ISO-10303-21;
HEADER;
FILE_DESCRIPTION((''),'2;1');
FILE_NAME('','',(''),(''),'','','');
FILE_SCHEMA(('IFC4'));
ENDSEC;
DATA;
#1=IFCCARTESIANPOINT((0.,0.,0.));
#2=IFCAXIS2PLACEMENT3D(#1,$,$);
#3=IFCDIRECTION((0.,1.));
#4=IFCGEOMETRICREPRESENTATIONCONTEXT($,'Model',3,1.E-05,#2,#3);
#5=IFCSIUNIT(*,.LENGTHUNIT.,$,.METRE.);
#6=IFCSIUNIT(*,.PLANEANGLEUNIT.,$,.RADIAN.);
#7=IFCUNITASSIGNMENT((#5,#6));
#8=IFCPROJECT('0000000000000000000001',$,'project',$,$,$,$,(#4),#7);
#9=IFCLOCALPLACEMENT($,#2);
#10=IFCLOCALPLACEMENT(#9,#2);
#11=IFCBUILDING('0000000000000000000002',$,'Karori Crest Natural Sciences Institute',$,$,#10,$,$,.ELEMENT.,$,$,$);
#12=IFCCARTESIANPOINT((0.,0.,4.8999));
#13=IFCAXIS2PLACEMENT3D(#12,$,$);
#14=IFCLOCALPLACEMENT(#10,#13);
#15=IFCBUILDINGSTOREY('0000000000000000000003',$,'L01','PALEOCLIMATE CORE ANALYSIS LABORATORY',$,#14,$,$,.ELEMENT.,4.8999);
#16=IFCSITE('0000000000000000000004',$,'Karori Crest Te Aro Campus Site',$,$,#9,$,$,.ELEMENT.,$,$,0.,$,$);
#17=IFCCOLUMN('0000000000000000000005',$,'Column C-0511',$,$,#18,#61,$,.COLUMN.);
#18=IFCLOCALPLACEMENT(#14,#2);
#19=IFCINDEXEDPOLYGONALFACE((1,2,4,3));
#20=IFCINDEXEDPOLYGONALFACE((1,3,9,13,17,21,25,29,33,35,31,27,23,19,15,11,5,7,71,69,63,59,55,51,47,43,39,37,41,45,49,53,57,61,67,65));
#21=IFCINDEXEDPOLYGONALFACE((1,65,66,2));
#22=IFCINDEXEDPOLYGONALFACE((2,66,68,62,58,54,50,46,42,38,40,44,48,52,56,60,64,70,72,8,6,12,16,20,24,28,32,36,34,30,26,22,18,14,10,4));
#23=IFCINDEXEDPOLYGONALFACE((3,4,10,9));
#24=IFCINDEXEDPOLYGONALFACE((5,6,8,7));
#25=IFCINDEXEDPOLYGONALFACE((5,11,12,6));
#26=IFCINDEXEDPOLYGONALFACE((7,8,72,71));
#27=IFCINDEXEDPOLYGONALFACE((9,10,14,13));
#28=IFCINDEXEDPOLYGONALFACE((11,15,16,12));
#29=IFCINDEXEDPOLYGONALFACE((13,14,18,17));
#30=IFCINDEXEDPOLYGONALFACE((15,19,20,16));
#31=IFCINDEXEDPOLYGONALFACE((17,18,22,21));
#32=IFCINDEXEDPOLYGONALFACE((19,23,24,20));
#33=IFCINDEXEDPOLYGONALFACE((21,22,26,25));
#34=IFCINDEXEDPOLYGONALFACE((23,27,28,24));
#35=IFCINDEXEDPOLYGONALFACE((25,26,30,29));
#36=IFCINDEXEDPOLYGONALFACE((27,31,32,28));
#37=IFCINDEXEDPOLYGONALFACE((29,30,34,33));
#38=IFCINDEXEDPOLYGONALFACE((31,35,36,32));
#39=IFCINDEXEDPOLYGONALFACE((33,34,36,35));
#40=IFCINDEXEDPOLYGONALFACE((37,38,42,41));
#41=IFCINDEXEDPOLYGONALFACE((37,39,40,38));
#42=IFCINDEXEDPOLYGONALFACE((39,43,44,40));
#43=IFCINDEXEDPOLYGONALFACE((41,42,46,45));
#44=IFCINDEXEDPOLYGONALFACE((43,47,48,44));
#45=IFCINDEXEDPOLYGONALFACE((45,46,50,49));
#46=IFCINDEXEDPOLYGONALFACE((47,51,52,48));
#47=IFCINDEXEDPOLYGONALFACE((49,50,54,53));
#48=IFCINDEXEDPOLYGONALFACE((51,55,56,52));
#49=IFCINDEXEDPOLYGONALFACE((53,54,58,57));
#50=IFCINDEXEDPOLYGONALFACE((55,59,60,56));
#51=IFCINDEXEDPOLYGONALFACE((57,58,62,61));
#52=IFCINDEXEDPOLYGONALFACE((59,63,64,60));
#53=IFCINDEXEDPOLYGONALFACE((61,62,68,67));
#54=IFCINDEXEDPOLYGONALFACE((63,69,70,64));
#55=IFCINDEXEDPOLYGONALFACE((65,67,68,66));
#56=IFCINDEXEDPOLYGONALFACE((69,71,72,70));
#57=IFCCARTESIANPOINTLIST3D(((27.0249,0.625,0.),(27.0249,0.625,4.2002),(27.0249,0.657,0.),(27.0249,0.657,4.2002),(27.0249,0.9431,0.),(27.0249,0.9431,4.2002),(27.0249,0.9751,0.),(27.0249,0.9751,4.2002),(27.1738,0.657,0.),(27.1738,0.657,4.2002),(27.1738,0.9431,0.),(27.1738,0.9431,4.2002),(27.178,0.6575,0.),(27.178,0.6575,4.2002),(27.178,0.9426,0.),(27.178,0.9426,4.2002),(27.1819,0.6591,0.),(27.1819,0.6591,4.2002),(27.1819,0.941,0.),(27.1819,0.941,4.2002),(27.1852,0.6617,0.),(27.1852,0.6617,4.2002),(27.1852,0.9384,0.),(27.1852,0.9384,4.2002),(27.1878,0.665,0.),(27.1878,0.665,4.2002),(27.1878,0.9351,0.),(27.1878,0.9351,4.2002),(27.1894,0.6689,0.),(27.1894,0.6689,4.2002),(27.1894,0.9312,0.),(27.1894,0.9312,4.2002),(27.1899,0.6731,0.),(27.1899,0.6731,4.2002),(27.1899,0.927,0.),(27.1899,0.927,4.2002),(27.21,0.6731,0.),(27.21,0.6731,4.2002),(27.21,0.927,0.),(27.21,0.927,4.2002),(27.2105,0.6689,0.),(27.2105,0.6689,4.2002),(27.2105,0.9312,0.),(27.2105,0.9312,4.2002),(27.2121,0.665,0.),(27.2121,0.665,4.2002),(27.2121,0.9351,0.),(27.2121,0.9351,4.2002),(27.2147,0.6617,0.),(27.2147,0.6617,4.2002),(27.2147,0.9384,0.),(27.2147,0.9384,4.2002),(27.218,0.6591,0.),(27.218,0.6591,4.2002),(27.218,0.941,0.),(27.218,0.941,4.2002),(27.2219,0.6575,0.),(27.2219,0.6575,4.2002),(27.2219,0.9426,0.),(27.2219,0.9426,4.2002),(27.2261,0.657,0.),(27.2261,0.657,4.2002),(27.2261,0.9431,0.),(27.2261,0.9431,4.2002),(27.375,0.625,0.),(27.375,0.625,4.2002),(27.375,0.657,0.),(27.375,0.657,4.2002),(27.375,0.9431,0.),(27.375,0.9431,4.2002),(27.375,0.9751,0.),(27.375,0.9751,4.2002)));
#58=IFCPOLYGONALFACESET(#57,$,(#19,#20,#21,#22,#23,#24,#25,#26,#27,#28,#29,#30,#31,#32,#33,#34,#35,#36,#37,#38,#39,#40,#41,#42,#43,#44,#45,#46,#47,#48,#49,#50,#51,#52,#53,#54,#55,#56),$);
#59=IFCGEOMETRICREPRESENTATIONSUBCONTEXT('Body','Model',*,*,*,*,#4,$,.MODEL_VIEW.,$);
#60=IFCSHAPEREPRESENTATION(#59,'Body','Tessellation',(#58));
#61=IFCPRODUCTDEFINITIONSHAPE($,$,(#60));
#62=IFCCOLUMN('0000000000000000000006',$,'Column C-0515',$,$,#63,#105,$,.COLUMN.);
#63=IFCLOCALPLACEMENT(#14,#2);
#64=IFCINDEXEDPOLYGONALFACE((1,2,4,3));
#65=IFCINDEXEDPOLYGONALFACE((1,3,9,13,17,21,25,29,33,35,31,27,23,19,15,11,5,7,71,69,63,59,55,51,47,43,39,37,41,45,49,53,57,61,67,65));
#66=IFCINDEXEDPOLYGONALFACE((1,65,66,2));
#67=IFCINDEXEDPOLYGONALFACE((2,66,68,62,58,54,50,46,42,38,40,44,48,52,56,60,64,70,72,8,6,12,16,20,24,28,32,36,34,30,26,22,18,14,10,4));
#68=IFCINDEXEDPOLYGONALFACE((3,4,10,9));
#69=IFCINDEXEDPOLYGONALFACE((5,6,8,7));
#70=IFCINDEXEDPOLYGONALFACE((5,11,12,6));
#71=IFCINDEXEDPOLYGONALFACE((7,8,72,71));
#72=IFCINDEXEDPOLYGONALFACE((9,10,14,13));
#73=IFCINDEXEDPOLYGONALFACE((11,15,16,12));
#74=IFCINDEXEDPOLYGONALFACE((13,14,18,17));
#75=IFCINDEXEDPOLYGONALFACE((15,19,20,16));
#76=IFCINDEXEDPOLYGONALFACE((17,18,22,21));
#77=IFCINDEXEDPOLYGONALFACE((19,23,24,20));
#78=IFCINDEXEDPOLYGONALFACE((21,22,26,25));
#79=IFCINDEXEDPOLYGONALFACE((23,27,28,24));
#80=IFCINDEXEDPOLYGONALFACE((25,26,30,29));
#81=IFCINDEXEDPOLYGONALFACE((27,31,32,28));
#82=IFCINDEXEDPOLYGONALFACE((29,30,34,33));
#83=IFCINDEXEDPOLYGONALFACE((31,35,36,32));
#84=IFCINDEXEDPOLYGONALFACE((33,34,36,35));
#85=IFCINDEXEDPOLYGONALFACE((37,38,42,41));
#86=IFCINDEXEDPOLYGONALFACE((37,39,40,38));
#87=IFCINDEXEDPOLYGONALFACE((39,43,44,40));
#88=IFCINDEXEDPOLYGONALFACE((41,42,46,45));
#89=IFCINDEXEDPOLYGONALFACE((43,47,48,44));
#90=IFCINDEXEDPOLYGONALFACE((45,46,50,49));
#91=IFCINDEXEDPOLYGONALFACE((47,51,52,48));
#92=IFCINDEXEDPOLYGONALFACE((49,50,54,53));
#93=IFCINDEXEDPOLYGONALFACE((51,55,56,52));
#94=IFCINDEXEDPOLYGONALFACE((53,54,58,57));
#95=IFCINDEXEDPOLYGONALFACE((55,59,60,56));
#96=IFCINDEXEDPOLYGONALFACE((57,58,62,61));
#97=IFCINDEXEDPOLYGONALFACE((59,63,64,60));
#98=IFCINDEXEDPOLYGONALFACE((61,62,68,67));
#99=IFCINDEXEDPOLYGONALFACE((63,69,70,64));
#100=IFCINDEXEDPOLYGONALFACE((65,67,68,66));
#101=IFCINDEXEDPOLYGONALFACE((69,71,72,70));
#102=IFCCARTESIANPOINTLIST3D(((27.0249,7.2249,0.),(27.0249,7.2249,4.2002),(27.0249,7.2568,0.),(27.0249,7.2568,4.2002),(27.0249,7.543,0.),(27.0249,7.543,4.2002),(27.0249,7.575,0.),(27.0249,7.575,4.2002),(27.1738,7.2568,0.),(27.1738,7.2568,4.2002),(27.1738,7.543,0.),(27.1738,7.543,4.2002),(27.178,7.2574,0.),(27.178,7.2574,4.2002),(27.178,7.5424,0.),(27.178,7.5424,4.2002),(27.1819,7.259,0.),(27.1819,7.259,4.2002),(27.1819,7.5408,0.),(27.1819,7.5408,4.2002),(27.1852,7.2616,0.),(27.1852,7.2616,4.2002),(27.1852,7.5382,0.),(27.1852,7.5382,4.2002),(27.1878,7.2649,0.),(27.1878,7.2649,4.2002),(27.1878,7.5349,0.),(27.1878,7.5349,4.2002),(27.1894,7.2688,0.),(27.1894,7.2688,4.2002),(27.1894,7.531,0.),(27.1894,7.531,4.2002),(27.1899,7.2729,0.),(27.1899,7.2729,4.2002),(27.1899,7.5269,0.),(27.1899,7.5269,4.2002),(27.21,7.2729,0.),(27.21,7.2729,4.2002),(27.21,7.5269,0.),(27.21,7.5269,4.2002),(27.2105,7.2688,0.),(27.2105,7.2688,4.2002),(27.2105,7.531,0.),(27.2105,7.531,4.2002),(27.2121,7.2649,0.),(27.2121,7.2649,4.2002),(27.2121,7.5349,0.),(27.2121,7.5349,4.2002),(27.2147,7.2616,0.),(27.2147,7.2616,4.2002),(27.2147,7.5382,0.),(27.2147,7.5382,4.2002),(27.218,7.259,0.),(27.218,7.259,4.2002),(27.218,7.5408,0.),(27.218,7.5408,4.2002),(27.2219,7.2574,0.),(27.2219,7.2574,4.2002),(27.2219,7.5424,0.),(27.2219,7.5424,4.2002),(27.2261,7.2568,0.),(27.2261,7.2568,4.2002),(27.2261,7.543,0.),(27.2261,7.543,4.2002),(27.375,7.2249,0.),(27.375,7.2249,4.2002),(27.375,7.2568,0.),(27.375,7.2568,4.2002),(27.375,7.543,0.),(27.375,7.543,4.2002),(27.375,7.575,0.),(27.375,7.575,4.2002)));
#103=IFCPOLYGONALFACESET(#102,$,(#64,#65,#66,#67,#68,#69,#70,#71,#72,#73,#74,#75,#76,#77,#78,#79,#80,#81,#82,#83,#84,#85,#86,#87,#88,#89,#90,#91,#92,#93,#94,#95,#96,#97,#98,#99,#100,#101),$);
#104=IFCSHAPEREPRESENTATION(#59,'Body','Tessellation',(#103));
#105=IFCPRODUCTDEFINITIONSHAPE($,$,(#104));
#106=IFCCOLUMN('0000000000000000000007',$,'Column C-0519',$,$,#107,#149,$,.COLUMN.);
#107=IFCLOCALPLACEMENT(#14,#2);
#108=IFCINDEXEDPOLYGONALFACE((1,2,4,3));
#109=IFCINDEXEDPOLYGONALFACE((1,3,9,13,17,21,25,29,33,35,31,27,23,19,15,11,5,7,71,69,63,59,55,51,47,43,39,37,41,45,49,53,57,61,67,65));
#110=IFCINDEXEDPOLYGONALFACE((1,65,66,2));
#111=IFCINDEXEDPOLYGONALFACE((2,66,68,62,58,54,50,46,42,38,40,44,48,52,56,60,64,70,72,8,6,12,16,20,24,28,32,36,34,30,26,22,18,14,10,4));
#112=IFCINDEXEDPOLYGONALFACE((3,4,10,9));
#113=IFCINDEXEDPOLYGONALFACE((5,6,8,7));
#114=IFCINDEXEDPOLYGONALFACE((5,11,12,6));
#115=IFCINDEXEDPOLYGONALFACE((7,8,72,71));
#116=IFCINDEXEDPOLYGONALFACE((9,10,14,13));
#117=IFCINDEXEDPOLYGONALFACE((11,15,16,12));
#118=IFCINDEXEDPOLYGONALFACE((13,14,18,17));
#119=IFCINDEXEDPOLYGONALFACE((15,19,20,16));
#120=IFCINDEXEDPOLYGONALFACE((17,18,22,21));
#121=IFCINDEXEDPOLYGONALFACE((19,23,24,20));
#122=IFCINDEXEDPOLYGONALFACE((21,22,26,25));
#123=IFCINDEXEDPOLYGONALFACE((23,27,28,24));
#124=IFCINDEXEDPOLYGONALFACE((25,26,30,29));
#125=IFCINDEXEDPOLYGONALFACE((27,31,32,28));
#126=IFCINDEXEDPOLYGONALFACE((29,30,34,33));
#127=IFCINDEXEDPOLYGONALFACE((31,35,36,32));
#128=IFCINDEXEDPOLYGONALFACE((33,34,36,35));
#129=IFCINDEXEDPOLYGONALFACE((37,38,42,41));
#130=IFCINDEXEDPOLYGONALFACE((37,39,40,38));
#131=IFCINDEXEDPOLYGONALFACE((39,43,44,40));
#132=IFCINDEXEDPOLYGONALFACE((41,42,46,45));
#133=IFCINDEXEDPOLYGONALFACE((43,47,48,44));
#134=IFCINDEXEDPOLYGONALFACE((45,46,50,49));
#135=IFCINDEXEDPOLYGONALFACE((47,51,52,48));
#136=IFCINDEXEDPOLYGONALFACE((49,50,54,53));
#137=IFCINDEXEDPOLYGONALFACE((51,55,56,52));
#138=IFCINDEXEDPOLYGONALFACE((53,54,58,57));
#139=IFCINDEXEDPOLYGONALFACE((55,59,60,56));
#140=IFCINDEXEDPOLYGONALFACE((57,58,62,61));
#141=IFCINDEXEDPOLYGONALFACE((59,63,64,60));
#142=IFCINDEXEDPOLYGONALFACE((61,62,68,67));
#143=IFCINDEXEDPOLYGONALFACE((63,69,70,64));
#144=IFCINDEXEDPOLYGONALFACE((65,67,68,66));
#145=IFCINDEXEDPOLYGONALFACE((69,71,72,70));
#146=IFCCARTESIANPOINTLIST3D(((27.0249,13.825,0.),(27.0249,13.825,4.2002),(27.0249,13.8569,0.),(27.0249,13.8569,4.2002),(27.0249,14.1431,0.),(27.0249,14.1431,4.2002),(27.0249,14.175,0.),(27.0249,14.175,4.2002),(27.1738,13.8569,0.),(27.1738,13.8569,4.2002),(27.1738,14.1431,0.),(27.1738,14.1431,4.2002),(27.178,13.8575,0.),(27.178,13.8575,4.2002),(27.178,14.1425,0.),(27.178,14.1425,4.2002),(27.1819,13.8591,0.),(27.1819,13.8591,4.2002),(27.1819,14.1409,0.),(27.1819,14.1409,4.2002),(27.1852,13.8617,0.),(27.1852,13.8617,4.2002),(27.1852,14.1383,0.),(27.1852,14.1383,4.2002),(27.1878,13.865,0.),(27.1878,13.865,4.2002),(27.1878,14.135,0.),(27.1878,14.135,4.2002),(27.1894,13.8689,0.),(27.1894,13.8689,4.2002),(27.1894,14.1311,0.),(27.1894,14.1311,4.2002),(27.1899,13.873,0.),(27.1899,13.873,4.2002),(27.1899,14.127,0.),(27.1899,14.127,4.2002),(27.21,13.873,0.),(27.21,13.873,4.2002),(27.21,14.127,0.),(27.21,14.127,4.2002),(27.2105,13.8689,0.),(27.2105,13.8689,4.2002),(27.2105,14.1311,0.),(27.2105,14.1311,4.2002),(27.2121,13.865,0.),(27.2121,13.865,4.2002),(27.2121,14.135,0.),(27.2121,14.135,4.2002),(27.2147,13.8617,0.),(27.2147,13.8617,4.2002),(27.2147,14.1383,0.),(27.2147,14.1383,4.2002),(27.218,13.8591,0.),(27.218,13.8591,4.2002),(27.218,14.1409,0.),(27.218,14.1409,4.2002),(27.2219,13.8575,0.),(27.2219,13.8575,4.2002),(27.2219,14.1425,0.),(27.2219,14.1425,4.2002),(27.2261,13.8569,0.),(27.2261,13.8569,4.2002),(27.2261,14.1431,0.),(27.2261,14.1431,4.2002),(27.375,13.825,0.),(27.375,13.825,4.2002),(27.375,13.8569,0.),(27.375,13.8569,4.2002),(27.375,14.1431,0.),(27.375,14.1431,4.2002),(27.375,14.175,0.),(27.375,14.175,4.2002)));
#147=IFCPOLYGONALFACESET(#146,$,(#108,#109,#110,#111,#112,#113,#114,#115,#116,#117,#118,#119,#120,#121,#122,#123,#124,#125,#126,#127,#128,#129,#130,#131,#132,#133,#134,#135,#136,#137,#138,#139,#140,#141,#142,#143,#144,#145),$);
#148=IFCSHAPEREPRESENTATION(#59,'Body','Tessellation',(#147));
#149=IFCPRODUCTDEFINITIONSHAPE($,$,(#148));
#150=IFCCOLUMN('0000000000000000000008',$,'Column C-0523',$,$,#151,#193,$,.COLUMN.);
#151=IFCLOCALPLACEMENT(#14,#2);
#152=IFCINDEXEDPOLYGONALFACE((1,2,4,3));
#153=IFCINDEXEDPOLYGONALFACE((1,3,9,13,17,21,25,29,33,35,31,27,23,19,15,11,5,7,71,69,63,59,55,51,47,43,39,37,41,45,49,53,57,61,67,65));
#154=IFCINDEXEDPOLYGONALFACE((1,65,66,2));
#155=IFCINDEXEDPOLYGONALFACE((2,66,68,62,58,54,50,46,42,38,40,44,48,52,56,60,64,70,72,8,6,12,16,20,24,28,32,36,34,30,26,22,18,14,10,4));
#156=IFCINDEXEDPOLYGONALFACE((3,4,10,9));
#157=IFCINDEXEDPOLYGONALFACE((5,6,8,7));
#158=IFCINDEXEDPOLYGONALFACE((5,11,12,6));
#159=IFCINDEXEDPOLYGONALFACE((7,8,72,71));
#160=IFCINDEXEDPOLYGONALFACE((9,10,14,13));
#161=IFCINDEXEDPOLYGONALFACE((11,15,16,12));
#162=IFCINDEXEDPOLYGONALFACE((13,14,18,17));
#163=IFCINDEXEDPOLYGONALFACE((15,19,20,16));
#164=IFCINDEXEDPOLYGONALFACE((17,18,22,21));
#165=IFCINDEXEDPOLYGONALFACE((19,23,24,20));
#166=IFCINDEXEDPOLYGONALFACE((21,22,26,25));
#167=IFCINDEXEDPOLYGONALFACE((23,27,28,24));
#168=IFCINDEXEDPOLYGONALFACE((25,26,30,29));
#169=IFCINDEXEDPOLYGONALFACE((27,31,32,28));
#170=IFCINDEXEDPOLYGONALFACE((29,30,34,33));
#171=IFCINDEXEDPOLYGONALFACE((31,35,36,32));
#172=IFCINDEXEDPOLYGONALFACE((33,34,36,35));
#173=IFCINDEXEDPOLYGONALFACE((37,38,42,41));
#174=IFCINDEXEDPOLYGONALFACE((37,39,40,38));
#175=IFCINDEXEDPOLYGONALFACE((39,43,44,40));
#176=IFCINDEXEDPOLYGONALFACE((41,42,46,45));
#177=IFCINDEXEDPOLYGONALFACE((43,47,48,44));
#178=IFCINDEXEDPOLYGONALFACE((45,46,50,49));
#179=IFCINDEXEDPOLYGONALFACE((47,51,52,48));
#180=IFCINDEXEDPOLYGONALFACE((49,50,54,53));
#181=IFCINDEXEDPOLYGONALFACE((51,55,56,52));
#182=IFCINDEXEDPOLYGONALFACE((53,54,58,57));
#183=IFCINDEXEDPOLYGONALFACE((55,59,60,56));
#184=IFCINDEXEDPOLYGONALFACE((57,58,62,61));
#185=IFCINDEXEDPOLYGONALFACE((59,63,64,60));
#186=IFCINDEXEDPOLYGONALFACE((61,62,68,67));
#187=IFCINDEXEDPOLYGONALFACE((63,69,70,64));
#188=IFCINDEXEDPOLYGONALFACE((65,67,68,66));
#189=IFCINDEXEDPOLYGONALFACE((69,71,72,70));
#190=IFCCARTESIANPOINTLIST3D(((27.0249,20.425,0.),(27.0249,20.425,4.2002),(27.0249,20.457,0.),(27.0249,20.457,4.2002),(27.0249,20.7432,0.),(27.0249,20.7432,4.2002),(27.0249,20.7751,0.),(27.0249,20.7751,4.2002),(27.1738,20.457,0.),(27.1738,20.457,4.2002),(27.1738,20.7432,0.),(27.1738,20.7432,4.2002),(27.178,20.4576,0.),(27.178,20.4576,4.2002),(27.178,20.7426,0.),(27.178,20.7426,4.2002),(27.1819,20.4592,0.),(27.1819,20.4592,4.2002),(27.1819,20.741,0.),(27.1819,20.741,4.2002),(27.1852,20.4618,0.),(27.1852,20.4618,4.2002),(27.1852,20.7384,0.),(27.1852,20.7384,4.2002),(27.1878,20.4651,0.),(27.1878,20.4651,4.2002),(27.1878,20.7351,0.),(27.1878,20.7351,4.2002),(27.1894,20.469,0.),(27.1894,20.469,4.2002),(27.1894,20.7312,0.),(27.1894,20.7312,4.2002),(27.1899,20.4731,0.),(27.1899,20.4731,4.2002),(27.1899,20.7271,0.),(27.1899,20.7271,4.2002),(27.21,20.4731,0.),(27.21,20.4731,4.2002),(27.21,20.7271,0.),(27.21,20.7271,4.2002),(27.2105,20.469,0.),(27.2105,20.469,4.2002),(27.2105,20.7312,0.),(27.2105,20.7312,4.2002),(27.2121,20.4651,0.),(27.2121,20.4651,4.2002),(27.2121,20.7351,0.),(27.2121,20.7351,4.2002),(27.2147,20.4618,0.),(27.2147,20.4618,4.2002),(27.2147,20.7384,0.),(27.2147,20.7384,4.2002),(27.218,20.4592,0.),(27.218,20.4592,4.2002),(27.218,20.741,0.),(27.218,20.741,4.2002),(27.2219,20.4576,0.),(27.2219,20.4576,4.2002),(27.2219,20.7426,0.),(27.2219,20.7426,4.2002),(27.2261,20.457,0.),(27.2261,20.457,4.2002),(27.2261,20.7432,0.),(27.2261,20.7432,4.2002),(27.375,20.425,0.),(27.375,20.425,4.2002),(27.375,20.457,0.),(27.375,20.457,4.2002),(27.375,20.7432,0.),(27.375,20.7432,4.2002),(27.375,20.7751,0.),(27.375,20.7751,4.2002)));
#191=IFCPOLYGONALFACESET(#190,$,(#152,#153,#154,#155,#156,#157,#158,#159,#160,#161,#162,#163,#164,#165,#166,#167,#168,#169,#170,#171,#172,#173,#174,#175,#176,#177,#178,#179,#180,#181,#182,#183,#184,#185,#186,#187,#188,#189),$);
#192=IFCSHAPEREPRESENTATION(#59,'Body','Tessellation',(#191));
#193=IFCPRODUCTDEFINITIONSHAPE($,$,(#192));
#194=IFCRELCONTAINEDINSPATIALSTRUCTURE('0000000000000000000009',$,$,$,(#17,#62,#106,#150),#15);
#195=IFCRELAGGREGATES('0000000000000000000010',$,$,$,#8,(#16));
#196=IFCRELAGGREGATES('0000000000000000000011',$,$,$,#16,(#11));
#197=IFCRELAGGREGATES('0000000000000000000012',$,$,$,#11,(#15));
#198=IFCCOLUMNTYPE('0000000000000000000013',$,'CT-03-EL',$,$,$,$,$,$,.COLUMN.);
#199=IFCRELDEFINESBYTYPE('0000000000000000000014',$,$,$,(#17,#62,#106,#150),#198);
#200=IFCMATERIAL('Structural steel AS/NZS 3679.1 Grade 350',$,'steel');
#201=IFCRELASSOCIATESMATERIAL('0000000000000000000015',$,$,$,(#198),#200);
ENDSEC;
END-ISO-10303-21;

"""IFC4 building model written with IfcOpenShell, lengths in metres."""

from ifc_helpers import new_model, si_unit, direction, frame, origin, origin_2d, place, context, subcontext, project, spatial, i_section, extrude, material, material_profile, profile_set, type_object, element, save


model = new_model("IFC4")

# Units and contexts
model_context = context("Model", 3, precision=1e-05, world=origin(), true_north=direction((0.0, 1.0)))
body_context = subcontext(model_context, "Body", "Model", "MODEL_VIEW")
ifc_project = project(units=[si_unit("LENGTHUNIT", "METRE"), si_unit("PLANEANGLEUNIT", "RADIAN")], contexts=[model_context])

# Site, building, storey
site_placement = place(None, origin())
site = spatial("IfcSite", under=ifc_project, at=site_placement, Name="Karori Crest Te Aro Campus Site", CompositionType="ELEMENT", RefElevation=0.0)
building_placement = place(site_placement, origin())
building = spatial("IfcBuilding", under=site, at=building_placement, Name="Karori Crest Natural Sciences Institute", CompositionType="ELEMENT")
storey_placement = place(building_placement, frame((0.0, 0.0, 4.8999)))
storey = spatial("IfcBuildingStorey", under=building, at=storey_placement, Name="L01", Description="PALEOCLIMATE CORE ANALYSIS LABORATORY", CompositionType="ELEMENT", Elevation=4.8999)

# Columns
ifc_material_1 = material(Name="Structural steel AS/NZS 3679.1 Grade 350", Category="steel")
ifc_material_profile_1 = material_profile(ifc_material_1, i_section(OverallWidth=0.3501, OverallDepth=0.3501, WebThickness=0.02, FlangeThickness=0.032, FilletRadius=0.0161, at=origin_2d()), Name="350WC280")
ifc_profile_set_1 = profile_set([ifc_material_profile_1], Name="Structural steel AS/NZS 3679.1 Grade 350")
column_type = type_object("IfcColumnType", Name="CT-03-EL", PredefinedType="COLUMN", material=ifc_profile_set_1)
for number, where, z_axis, x_axis, name in (
    (1, (27.2, 0.8, 0.0), (0.0, 0.0, 1.0), (1.0, 0.0, 0.0), "Column C-0511"),
    (2, (27.2, 7.3999, 0.0), (0.0, 0.0, 1.0), (1.0, 0.0, 0.0), "Column C-0515"),
    (3, (27.2, 14.0, 0.0), (0.0, 0.0, 1.0), (1.0, 0.0, 0.0), "Column C-0519"),
    (4, (27.2, 20.6001, 0.0), (0.0, 0.0, 1.0), (1.0, 0.0, 0.0), "Column C-0523"),
):
    element("IfcColumn", number, at=place(storey_placement, frame(where, z_axis=z_axis, x_axis=x_axis)), inside=storey, type_object=column_type, Name=name, PredefinedType="COLUMN", context=body_context, shape_type="SweptSolid", body=[
        extrude(i_section(OverallWidth=0.3501, OverallDepth=0.3501, WebThickness=0.02, FlangeThickness=0.032, FilletRadius=0.0161, at=origin_2d()), origin(), (0.0, 0.0, 1.0), 4.2002),
    ])

save(model, "model.ifc")
